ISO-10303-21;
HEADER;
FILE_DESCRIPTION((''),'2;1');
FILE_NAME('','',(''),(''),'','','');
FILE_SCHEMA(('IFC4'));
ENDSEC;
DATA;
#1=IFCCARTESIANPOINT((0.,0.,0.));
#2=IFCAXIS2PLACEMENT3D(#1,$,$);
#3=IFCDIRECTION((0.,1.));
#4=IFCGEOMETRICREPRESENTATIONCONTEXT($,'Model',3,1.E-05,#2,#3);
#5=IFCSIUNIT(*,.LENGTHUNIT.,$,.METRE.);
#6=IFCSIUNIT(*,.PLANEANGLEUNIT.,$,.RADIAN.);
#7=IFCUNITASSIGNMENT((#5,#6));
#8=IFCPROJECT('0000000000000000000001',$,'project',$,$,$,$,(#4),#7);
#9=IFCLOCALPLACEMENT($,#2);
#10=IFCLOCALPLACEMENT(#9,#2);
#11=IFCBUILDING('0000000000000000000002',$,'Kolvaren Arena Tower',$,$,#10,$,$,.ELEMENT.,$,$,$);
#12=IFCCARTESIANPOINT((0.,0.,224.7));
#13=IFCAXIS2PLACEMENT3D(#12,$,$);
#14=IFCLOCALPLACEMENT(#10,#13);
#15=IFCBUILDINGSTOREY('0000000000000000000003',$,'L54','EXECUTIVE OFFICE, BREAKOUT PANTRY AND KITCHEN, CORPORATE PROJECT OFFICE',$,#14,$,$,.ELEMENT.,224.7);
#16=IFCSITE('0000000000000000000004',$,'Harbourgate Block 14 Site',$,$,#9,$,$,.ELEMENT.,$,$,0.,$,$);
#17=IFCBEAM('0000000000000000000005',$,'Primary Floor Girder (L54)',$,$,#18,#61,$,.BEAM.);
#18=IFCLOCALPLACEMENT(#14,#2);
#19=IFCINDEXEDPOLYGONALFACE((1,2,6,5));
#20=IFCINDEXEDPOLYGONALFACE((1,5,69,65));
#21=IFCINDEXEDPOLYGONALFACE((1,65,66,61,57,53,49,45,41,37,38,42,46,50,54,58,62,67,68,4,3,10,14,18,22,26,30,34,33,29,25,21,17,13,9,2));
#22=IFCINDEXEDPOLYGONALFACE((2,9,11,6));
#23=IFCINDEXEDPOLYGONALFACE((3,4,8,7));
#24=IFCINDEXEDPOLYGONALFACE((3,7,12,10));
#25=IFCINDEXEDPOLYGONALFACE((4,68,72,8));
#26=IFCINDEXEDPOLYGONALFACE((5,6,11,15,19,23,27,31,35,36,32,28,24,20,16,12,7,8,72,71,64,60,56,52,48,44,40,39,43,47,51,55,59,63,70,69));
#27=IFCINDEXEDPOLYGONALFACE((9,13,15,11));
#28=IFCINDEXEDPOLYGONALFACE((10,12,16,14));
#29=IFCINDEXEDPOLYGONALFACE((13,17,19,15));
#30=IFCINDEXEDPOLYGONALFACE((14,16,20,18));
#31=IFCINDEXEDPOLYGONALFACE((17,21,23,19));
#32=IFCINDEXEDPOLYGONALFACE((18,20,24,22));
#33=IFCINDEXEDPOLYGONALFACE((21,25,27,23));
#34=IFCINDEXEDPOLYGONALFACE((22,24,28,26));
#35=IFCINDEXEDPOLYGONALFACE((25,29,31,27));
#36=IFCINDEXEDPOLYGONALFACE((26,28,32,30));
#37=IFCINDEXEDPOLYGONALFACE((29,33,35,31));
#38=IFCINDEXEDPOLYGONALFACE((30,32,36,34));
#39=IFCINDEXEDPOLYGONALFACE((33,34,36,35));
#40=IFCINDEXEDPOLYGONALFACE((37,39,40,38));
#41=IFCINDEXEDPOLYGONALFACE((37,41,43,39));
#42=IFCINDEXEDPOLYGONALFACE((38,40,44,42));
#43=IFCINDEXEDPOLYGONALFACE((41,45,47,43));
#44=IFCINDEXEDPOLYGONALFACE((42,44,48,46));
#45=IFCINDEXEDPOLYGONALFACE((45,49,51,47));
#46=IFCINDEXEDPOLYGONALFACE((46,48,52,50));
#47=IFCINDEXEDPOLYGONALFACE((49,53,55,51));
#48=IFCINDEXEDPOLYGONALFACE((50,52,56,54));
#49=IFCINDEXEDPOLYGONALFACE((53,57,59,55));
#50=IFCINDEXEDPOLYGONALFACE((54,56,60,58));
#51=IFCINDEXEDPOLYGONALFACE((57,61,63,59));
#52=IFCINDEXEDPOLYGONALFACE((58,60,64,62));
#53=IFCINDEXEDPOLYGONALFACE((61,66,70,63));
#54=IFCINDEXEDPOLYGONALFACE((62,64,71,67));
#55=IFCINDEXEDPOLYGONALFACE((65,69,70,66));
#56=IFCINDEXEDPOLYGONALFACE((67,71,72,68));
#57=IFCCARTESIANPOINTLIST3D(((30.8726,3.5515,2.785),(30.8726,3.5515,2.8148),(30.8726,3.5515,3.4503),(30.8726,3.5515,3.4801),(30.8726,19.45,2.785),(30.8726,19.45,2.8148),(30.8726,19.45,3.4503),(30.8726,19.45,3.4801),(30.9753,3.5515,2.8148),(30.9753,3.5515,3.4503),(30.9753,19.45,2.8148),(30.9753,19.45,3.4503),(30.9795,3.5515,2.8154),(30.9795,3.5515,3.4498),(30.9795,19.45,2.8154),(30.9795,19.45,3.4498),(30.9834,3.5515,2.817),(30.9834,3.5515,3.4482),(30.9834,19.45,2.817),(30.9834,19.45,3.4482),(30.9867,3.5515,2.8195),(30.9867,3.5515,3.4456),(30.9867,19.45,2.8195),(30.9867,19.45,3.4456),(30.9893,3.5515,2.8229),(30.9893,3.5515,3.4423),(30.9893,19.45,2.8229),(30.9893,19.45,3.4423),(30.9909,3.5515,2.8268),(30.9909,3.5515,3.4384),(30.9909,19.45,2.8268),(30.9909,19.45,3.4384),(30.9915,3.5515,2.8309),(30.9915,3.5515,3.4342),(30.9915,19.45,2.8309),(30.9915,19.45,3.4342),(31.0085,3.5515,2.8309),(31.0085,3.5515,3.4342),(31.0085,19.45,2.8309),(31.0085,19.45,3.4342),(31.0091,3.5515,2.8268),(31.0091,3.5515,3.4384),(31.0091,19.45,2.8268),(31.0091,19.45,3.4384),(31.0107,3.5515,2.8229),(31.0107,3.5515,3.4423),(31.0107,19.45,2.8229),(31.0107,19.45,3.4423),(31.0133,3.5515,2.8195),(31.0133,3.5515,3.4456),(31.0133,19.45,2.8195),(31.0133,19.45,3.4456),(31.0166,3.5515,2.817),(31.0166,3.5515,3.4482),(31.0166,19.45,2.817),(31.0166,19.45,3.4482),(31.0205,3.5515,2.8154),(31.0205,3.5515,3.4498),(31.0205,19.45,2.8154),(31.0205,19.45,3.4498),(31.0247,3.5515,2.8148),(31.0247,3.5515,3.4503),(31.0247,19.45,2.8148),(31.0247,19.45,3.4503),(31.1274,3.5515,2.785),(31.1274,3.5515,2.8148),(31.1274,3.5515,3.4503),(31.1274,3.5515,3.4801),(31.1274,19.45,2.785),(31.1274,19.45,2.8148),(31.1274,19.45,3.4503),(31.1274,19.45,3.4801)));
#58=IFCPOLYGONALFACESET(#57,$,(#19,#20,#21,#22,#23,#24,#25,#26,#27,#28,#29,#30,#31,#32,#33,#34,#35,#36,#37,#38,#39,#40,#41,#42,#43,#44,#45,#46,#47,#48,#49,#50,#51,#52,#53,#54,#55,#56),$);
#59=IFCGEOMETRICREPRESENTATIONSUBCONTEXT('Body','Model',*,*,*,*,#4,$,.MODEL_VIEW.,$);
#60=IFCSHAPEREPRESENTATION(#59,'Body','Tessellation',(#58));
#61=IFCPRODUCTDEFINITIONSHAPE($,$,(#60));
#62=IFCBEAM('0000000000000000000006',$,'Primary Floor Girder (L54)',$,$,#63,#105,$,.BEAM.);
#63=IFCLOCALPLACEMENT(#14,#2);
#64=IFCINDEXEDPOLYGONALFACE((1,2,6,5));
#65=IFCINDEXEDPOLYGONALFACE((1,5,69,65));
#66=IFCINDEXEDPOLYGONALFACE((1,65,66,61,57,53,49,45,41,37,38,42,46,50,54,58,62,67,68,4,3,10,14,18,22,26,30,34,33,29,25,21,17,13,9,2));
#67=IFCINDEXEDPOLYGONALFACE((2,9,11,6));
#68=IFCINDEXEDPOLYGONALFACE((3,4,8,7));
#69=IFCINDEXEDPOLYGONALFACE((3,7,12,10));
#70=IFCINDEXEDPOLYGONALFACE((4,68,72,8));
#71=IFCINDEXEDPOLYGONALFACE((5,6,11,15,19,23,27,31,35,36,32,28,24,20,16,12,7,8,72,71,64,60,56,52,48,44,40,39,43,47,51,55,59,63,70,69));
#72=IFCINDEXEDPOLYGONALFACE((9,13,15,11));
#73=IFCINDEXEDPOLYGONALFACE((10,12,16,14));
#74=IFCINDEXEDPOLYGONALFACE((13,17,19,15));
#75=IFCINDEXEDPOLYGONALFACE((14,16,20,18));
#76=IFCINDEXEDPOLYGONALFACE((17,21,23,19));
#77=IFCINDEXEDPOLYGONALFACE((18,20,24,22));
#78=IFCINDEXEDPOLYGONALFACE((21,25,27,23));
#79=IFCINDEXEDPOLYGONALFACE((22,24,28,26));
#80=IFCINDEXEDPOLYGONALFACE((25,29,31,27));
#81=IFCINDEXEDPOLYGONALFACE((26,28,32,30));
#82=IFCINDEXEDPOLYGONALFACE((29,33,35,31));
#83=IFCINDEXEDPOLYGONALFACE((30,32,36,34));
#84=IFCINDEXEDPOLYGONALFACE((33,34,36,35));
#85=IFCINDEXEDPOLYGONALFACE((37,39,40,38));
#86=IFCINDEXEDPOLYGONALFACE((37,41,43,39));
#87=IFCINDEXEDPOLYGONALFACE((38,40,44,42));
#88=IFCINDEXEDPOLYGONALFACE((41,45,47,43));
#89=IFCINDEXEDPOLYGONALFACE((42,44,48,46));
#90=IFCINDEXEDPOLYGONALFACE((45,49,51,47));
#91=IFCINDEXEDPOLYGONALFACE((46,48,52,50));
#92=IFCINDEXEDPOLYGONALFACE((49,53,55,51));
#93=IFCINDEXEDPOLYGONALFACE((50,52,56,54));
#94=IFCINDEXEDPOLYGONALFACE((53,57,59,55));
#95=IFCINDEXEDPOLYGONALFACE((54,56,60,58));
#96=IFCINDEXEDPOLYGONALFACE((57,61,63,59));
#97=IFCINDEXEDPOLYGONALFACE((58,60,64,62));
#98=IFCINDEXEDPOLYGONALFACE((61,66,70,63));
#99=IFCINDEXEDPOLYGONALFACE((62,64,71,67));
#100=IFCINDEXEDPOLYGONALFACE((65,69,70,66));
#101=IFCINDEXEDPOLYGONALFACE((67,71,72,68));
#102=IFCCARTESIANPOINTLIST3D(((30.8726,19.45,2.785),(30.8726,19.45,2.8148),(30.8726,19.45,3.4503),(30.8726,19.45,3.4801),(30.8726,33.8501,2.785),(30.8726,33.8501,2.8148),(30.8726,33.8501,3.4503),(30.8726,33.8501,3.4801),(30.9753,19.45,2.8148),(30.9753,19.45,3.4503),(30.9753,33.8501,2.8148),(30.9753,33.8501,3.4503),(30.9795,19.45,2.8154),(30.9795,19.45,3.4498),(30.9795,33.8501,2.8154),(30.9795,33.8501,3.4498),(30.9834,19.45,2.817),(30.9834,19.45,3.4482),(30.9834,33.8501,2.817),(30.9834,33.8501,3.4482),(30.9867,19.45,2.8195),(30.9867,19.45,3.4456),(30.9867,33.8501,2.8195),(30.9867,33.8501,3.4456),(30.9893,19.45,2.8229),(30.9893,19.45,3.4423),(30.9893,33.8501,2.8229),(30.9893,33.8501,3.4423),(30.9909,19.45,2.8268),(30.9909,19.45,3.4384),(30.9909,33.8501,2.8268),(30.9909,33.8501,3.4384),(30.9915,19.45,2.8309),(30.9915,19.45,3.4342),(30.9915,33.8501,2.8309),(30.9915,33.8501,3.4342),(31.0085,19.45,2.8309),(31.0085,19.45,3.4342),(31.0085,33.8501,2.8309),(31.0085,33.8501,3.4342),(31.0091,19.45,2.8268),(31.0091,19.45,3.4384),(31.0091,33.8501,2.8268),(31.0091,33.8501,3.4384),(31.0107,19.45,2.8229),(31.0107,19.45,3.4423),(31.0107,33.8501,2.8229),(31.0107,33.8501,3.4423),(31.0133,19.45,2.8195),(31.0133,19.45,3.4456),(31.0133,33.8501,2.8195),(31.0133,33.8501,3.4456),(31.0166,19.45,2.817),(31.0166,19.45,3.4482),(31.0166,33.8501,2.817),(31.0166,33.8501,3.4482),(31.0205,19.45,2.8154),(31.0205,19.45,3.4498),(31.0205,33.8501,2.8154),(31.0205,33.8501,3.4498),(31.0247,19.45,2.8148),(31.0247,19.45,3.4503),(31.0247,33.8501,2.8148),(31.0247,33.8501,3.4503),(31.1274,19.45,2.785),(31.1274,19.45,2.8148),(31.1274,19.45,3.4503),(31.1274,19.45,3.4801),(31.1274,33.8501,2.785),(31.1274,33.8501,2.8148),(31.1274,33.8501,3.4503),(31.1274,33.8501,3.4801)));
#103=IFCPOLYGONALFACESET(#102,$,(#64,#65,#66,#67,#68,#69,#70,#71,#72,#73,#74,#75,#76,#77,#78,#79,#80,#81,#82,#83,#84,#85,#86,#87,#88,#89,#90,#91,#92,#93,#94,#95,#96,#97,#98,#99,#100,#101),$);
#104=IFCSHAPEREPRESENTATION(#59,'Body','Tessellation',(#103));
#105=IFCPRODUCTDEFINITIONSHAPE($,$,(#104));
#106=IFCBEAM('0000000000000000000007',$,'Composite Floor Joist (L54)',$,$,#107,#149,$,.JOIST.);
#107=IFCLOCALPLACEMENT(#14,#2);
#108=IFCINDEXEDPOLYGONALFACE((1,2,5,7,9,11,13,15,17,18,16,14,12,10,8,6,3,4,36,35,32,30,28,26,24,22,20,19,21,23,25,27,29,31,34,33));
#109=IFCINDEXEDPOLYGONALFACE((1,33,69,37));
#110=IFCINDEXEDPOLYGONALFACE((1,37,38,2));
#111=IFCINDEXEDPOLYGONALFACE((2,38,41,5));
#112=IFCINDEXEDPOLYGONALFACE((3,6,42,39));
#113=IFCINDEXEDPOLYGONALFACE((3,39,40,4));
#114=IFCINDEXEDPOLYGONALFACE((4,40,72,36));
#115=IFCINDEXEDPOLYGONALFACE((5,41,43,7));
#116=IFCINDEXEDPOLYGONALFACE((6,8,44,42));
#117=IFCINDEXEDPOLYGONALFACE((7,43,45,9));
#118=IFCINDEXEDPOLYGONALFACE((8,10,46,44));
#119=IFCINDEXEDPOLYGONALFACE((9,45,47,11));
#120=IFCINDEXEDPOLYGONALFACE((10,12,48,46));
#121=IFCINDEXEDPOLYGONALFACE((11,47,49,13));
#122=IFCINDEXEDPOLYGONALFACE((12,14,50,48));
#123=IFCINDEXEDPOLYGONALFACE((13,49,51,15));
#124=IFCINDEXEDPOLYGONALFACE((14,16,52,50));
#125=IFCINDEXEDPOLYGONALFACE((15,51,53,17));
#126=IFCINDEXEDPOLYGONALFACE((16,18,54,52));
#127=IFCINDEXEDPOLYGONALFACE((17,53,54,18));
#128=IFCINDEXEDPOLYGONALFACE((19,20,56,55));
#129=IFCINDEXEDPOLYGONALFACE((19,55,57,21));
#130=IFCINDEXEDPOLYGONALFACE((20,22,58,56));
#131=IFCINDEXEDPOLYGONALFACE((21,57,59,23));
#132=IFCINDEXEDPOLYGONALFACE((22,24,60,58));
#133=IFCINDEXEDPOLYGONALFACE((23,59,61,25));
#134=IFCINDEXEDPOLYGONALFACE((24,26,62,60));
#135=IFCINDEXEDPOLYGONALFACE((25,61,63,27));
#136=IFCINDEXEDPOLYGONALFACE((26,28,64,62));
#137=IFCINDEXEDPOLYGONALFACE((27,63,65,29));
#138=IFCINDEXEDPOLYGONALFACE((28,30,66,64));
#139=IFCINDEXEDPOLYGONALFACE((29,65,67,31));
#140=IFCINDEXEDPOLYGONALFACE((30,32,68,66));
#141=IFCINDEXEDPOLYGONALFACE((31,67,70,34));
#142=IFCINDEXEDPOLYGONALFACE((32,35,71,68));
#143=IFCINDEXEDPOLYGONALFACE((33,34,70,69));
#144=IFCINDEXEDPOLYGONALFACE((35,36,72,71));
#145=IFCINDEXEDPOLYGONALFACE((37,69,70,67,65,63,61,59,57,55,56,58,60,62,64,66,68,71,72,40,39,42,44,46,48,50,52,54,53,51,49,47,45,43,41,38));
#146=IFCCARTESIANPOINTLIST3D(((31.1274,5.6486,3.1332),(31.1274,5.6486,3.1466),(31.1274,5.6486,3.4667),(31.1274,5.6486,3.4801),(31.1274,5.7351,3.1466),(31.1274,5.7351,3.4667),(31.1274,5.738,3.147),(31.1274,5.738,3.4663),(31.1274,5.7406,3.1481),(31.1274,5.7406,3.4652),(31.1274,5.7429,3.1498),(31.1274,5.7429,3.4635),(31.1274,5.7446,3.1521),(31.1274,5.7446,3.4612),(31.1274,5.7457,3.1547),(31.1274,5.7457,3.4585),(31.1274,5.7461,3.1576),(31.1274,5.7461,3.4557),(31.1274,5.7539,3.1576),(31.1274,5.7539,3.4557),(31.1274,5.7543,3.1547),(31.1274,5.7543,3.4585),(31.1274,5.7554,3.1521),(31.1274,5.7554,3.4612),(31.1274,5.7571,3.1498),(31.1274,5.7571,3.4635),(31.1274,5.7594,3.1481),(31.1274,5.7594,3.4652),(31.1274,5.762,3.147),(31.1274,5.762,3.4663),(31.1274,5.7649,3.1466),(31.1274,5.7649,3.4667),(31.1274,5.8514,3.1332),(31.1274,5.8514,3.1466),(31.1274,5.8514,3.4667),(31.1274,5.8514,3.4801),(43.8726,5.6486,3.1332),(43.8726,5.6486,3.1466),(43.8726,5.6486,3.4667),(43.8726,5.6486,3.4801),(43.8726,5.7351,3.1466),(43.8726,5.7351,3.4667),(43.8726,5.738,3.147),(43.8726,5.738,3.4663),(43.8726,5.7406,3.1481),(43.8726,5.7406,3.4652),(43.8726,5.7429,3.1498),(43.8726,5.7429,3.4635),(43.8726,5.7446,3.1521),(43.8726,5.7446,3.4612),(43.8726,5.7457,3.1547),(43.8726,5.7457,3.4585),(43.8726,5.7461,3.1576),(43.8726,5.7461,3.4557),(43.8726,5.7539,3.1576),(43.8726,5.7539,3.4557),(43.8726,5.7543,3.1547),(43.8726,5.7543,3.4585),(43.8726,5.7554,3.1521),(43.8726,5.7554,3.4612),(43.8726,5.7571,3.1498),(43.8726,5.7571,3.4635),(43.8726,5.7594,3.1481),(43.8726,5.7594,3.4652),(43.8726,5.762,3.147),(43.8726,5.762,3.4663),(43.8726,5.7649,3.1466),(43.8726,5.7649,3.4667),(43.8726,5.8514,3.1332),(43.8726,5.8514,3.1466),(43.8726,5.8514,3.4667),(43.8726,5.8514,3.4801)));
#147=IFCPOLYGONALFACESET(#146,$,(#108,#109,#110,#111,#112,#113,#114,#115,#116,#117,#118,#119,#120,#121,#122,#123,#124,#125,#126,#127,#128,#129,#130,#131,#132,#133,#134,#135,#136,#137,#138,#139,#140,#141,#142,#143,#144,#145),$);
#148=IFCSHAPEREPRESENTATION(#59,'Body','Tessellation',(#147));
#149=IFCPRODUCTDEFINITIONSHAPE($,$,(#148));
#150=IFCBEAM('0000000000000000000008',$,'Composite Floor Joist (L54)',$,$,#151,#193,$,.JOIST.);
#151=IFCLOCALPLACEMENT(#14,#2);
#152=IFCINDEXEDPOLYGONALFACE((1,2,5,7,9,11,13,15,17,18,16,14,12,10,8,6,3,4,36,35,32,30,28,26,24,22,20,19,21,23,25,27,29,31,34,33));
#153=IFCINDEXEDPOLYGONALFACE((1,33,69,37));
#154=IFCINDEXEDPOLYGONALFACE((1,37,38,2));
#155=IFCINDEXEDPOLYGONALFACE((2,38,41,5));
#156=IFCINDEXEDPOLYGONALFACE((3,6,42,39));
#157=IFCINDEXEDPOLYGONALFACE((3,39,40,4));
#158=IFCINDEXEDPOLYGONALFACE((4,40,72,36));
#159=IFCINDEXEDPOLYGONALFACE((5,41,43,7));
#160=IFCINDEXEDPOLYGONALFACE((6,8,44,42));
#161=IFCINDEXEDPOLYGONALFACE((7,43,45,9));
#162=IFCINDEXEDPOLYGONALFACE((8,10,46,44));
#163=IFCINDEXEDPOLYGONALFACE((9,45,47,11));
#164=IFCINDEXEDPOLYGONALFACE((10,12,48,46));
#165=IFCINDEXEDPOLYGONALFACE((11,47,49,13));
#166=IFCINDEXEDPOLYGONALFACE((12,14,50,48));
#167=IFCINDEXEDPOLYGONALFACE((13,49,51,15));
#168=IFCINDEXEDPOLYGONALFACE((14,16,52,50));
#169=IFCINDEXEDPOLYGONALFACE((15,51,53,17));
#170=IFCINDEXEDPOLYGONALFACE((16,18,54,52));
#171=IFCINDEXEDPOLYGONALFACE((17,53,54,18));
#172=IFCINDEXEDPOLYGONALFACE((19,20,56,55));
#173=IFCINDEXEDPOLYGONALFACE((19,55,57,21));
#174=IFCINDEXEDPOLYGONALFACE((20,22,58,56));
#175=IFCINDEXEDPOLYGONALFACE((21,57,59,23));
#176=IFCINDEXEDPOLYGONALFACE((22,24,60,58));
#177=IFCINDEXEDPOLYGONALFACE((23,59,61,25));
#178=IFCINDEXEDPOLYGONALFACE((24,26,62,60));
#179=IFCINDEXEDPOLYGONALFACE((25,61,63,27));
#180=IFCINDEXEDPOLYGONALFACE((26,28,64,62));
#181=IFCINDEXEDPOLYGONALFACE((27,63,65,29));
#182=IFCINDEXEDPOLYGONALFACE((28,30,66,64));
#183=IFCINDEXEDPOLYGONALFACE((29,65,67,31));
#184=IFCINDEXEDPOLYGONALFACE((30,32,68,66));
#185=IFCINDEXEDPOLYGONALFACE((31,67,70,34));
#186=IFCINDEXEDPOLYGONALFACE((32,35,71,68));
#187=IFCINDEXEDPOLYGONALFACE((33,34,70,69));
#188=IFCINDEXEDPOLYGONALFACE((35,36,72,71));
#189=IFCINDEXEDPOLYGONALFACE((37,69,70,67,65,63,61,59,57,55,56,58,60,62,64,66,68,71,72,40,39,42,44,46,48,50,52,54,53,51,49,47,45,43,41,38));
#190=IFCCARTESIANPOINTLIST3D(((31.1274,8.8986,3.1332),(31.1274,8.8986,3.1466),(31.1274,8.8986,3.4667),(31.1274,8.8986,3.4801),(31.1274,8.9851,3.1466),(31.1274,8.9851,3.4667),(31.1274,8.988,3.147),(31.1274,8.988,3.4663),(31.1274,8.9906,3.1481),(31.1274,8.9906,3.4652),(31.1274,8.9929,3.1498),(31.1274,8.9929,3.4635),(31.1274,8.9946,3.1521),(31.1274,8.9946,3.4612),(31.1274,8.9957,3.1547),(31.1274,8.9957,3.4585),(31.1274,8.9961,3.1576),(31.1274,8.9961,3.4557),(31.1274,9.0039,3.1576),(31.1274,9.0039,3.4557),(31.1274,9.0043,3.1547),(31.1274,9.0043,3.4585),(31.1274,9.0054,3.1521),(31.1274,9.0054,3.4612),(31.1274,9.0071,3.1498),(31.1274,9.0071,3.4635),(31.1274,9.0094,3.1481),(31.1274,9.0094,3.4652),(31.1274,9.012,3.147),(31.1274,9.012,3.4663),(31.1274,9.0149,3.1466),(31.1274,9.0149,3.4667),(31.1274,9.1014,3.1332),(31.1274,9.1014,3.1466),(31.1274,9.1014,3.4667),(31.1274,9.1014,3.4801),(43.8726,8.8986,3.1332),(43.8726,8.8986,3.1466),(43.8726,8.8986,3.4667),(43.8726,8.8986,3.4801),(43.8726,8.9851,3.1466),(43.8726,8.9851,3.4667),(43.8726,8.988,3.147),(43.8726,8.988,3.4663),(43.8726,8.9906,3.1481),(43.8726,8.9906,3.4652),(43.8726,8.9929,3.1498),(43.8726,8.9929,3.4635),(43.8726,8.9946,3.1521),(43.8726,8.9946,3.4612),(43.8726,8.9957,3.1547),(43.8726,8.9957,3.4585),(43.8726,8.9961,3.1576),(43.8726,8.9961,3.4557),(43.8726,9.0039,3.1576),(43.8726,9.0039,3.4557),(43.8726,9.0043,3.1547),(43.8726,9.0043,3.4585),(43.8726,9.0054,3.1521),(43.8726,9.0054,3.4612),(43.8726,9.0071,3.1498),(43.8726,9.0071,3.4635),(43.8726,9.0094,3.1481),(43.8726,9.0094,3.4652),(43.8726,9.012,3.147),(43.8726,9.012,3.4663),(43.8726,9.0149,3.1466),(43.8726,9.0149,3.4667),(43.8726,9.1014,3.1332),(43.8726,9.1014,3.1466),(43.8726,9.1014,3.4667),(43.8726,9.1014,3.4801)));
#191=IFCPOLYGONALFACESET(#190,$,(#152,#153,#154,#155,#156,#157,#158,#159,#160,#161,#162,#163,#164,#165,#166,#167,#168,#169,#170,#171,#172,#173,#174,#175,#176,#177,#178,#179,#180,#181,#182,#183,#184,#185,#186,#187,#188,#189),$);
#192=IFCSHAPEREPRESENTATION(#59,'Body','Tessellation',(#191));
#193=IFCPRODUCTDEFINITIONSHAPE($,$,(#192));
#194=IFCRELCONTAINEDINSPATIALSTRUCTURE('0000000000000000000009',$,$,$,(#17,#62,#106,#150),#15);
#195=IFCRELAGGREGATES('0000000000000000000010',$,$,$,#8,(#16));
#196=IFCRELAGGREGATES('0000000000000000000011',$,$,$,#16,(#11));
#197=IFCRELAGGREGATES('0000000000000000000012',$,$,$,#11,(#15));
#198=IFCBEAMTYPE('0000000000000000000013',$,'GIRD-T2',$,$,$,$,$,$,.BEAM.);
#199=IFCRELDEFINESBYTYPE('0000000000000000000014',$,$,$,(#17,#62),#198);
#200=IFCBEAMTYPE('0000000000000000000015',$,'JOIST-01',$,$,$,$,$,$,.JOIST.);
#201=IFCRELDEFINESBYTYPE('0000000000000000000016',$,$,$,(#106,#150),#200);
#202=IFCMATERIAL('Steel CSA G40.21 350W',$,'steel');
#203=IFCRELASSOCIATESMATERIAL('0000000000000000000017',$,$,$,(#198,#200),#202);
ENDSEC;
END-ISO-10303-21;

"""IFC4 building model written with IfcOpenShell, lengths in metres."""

from ifc_helpers import new_model, si_unit, direction, frame, origin, origin_2d, place, context, subcontext, project, spatial, i_section, extrude, material, material_profile, profile_set, type_object, element, save


model = new_model("IFC4")

# Units and contexts
model_context = context("Model", 3, precision=1e-05, world=origin(), true_north=direction((0.0, 1.0)))
body_context = subcontext(model_context, "Body", "Model", "MODEL_VIEW")
ifc_project = project(units=[si_unit("LENGTHUNIT", "METRE"), si_unit("PLANEANGLEUNIT", "RADIAN")], contexts=[model_context])

# Site, building, storey
site_placement = place(None, origin())
site = spatial("IfcSite", under=ifc_project, at=site_placement, Name="Harbourgate Block 14 Site", CompositionType="ELEMENT", RefElevation=0.0)
building_placement = place(site_placement, origin())
building = spatial("IfcBuilding", under=site, at=building_placement, Name="Kolvaren Arena Tower", CompositionType="ELEMENT")
storey_placement = place(building_placement, frame((0.0, 0.0, 224.7)))
storey = spatial("IfcBuildingStorey", under=building, at=storey_placement, Name="L54", Description="EXECUTIVE OFFICE, BREAKOUT PANTRY AND KITCHEN, CORPORATE PROJECT OFFICE", CompositionType="ELEMENT", Elevation=224.7)

# Beams
ifc_material_1 = material(Name="Steel CSA G40.21 350W", Category="steel")
ifc_material_profile_1 = material_profile(ifc_material_1, i_section(OverallWidth=0.2549, OverallDepth=0.6951, WebThickness=0.0171, FlangeThickness=0.0298, FilletRadius=0.0161, at=origin_2d()), Name="W690x217")
ifc_profile_set_1 = profile_set([ifc_material_profile_1], Name="Steel CSA G40.21 350W")
beam_type_1 = type_object("IfcBeamType", Name="GIRD-T2", PredefinedType="BEAM", material=ifc_profile_set_1)
beam_1_placement = place(storey_placement, frame((31.0, 3.5515, 3.1326), z_axis=(0.0, 1.0, 0.0), x_axis=(-1.0, 0.0, 0.0)))
element("IfcBeam", 1, at=beam_1_placement, inside=storey, type_object=beam_type_1, Name="Primary Floor Girder (L54)", PredefinedType="BEAM", context=body_context, shape_type="SweptSolid", body=[
    extrude(i_section(OverallWidth=0.2549, OverallDepth=0.6951, WebThickness=0.0171, FlangeThickness=0.0298, FilletRadius=0.0161, at=origin_2d()), origin(), (0.0, 0.0, 1.0), 15.8984),
])
beam_2_placement = place(storey_placement, frame((31.0, 19.45, 3.1326), z_axis=(0.0, 1.0, 0.0), x_axis=(-1.0, 0.0, 0.0)))
element("IfcBeam", 2, at=beam_2_placement, inside=storey, type_object=beam_type_1, Name="Primary Floor Girder (L54)", PredefinedType="BEAM", context=body_context, shape_type="SweptSolid", body=[
    extrude(i_section(OverallWidth=0.2549, OverallDepth=0.6951, WebThickness=0.0171, FlangeThickness=0.0298, FilletRadius=0.0161, at=origin_2d()), origin(), (0.0, 0.0, 1.0), 14.4001),
])
ifc_material_profile_2 = material_profile(ifc_material_1, i_section(OverallWidth=0.2029, OverallDepth=0.3469, WebThickness=0.0078, FlangeThickness=0.0134, FilletRadius=0.011, at=origin_2d()), Name="W360x64")
ifc_profile_set_2 = profile_set([ifc_material_profile_2], Name="Steel CSA G40.21 350W")
beam_type_2 = type_object("IfcBeamType", Name="JOIST-01", PredefinedType="JOIST", material=ifc_profile_set_2)
for number, where, z_axis, x_axis, name in (
    (3, (31.1274, 5.75, 3.3066), (1.0, 0.0, 0.0), (0.0, 1.0, 0.0), "Composite Floor Joist (L54)"),
    (4, (31.1274, 9.0, 3.3066), (1.0, 0.0, 0.0), (0.0, 1.0, 0.0), "Composite Floor Joist (L54)"),
):
    element("IfcBeam", number, at=place(storey_placement, frame(where, z_axis=z_axis, x_axis=x_axis)), inside=storey, type_object=beam_type_2, Name=name, PredefinedType="JOIST", context=body_context, shape_type="SweptSolid", body=[
        extrude(i_section(OverallWidth=0.2029, OverallDepth=0.3469, WebThickness=0.0078, FlangeThickness=0.0134, FilletRadius=0.011, at=origin_2d()), origin(), (0.0, 0.0, 1.0), 12.7451),
    ])

save(model, "model.ifc")
